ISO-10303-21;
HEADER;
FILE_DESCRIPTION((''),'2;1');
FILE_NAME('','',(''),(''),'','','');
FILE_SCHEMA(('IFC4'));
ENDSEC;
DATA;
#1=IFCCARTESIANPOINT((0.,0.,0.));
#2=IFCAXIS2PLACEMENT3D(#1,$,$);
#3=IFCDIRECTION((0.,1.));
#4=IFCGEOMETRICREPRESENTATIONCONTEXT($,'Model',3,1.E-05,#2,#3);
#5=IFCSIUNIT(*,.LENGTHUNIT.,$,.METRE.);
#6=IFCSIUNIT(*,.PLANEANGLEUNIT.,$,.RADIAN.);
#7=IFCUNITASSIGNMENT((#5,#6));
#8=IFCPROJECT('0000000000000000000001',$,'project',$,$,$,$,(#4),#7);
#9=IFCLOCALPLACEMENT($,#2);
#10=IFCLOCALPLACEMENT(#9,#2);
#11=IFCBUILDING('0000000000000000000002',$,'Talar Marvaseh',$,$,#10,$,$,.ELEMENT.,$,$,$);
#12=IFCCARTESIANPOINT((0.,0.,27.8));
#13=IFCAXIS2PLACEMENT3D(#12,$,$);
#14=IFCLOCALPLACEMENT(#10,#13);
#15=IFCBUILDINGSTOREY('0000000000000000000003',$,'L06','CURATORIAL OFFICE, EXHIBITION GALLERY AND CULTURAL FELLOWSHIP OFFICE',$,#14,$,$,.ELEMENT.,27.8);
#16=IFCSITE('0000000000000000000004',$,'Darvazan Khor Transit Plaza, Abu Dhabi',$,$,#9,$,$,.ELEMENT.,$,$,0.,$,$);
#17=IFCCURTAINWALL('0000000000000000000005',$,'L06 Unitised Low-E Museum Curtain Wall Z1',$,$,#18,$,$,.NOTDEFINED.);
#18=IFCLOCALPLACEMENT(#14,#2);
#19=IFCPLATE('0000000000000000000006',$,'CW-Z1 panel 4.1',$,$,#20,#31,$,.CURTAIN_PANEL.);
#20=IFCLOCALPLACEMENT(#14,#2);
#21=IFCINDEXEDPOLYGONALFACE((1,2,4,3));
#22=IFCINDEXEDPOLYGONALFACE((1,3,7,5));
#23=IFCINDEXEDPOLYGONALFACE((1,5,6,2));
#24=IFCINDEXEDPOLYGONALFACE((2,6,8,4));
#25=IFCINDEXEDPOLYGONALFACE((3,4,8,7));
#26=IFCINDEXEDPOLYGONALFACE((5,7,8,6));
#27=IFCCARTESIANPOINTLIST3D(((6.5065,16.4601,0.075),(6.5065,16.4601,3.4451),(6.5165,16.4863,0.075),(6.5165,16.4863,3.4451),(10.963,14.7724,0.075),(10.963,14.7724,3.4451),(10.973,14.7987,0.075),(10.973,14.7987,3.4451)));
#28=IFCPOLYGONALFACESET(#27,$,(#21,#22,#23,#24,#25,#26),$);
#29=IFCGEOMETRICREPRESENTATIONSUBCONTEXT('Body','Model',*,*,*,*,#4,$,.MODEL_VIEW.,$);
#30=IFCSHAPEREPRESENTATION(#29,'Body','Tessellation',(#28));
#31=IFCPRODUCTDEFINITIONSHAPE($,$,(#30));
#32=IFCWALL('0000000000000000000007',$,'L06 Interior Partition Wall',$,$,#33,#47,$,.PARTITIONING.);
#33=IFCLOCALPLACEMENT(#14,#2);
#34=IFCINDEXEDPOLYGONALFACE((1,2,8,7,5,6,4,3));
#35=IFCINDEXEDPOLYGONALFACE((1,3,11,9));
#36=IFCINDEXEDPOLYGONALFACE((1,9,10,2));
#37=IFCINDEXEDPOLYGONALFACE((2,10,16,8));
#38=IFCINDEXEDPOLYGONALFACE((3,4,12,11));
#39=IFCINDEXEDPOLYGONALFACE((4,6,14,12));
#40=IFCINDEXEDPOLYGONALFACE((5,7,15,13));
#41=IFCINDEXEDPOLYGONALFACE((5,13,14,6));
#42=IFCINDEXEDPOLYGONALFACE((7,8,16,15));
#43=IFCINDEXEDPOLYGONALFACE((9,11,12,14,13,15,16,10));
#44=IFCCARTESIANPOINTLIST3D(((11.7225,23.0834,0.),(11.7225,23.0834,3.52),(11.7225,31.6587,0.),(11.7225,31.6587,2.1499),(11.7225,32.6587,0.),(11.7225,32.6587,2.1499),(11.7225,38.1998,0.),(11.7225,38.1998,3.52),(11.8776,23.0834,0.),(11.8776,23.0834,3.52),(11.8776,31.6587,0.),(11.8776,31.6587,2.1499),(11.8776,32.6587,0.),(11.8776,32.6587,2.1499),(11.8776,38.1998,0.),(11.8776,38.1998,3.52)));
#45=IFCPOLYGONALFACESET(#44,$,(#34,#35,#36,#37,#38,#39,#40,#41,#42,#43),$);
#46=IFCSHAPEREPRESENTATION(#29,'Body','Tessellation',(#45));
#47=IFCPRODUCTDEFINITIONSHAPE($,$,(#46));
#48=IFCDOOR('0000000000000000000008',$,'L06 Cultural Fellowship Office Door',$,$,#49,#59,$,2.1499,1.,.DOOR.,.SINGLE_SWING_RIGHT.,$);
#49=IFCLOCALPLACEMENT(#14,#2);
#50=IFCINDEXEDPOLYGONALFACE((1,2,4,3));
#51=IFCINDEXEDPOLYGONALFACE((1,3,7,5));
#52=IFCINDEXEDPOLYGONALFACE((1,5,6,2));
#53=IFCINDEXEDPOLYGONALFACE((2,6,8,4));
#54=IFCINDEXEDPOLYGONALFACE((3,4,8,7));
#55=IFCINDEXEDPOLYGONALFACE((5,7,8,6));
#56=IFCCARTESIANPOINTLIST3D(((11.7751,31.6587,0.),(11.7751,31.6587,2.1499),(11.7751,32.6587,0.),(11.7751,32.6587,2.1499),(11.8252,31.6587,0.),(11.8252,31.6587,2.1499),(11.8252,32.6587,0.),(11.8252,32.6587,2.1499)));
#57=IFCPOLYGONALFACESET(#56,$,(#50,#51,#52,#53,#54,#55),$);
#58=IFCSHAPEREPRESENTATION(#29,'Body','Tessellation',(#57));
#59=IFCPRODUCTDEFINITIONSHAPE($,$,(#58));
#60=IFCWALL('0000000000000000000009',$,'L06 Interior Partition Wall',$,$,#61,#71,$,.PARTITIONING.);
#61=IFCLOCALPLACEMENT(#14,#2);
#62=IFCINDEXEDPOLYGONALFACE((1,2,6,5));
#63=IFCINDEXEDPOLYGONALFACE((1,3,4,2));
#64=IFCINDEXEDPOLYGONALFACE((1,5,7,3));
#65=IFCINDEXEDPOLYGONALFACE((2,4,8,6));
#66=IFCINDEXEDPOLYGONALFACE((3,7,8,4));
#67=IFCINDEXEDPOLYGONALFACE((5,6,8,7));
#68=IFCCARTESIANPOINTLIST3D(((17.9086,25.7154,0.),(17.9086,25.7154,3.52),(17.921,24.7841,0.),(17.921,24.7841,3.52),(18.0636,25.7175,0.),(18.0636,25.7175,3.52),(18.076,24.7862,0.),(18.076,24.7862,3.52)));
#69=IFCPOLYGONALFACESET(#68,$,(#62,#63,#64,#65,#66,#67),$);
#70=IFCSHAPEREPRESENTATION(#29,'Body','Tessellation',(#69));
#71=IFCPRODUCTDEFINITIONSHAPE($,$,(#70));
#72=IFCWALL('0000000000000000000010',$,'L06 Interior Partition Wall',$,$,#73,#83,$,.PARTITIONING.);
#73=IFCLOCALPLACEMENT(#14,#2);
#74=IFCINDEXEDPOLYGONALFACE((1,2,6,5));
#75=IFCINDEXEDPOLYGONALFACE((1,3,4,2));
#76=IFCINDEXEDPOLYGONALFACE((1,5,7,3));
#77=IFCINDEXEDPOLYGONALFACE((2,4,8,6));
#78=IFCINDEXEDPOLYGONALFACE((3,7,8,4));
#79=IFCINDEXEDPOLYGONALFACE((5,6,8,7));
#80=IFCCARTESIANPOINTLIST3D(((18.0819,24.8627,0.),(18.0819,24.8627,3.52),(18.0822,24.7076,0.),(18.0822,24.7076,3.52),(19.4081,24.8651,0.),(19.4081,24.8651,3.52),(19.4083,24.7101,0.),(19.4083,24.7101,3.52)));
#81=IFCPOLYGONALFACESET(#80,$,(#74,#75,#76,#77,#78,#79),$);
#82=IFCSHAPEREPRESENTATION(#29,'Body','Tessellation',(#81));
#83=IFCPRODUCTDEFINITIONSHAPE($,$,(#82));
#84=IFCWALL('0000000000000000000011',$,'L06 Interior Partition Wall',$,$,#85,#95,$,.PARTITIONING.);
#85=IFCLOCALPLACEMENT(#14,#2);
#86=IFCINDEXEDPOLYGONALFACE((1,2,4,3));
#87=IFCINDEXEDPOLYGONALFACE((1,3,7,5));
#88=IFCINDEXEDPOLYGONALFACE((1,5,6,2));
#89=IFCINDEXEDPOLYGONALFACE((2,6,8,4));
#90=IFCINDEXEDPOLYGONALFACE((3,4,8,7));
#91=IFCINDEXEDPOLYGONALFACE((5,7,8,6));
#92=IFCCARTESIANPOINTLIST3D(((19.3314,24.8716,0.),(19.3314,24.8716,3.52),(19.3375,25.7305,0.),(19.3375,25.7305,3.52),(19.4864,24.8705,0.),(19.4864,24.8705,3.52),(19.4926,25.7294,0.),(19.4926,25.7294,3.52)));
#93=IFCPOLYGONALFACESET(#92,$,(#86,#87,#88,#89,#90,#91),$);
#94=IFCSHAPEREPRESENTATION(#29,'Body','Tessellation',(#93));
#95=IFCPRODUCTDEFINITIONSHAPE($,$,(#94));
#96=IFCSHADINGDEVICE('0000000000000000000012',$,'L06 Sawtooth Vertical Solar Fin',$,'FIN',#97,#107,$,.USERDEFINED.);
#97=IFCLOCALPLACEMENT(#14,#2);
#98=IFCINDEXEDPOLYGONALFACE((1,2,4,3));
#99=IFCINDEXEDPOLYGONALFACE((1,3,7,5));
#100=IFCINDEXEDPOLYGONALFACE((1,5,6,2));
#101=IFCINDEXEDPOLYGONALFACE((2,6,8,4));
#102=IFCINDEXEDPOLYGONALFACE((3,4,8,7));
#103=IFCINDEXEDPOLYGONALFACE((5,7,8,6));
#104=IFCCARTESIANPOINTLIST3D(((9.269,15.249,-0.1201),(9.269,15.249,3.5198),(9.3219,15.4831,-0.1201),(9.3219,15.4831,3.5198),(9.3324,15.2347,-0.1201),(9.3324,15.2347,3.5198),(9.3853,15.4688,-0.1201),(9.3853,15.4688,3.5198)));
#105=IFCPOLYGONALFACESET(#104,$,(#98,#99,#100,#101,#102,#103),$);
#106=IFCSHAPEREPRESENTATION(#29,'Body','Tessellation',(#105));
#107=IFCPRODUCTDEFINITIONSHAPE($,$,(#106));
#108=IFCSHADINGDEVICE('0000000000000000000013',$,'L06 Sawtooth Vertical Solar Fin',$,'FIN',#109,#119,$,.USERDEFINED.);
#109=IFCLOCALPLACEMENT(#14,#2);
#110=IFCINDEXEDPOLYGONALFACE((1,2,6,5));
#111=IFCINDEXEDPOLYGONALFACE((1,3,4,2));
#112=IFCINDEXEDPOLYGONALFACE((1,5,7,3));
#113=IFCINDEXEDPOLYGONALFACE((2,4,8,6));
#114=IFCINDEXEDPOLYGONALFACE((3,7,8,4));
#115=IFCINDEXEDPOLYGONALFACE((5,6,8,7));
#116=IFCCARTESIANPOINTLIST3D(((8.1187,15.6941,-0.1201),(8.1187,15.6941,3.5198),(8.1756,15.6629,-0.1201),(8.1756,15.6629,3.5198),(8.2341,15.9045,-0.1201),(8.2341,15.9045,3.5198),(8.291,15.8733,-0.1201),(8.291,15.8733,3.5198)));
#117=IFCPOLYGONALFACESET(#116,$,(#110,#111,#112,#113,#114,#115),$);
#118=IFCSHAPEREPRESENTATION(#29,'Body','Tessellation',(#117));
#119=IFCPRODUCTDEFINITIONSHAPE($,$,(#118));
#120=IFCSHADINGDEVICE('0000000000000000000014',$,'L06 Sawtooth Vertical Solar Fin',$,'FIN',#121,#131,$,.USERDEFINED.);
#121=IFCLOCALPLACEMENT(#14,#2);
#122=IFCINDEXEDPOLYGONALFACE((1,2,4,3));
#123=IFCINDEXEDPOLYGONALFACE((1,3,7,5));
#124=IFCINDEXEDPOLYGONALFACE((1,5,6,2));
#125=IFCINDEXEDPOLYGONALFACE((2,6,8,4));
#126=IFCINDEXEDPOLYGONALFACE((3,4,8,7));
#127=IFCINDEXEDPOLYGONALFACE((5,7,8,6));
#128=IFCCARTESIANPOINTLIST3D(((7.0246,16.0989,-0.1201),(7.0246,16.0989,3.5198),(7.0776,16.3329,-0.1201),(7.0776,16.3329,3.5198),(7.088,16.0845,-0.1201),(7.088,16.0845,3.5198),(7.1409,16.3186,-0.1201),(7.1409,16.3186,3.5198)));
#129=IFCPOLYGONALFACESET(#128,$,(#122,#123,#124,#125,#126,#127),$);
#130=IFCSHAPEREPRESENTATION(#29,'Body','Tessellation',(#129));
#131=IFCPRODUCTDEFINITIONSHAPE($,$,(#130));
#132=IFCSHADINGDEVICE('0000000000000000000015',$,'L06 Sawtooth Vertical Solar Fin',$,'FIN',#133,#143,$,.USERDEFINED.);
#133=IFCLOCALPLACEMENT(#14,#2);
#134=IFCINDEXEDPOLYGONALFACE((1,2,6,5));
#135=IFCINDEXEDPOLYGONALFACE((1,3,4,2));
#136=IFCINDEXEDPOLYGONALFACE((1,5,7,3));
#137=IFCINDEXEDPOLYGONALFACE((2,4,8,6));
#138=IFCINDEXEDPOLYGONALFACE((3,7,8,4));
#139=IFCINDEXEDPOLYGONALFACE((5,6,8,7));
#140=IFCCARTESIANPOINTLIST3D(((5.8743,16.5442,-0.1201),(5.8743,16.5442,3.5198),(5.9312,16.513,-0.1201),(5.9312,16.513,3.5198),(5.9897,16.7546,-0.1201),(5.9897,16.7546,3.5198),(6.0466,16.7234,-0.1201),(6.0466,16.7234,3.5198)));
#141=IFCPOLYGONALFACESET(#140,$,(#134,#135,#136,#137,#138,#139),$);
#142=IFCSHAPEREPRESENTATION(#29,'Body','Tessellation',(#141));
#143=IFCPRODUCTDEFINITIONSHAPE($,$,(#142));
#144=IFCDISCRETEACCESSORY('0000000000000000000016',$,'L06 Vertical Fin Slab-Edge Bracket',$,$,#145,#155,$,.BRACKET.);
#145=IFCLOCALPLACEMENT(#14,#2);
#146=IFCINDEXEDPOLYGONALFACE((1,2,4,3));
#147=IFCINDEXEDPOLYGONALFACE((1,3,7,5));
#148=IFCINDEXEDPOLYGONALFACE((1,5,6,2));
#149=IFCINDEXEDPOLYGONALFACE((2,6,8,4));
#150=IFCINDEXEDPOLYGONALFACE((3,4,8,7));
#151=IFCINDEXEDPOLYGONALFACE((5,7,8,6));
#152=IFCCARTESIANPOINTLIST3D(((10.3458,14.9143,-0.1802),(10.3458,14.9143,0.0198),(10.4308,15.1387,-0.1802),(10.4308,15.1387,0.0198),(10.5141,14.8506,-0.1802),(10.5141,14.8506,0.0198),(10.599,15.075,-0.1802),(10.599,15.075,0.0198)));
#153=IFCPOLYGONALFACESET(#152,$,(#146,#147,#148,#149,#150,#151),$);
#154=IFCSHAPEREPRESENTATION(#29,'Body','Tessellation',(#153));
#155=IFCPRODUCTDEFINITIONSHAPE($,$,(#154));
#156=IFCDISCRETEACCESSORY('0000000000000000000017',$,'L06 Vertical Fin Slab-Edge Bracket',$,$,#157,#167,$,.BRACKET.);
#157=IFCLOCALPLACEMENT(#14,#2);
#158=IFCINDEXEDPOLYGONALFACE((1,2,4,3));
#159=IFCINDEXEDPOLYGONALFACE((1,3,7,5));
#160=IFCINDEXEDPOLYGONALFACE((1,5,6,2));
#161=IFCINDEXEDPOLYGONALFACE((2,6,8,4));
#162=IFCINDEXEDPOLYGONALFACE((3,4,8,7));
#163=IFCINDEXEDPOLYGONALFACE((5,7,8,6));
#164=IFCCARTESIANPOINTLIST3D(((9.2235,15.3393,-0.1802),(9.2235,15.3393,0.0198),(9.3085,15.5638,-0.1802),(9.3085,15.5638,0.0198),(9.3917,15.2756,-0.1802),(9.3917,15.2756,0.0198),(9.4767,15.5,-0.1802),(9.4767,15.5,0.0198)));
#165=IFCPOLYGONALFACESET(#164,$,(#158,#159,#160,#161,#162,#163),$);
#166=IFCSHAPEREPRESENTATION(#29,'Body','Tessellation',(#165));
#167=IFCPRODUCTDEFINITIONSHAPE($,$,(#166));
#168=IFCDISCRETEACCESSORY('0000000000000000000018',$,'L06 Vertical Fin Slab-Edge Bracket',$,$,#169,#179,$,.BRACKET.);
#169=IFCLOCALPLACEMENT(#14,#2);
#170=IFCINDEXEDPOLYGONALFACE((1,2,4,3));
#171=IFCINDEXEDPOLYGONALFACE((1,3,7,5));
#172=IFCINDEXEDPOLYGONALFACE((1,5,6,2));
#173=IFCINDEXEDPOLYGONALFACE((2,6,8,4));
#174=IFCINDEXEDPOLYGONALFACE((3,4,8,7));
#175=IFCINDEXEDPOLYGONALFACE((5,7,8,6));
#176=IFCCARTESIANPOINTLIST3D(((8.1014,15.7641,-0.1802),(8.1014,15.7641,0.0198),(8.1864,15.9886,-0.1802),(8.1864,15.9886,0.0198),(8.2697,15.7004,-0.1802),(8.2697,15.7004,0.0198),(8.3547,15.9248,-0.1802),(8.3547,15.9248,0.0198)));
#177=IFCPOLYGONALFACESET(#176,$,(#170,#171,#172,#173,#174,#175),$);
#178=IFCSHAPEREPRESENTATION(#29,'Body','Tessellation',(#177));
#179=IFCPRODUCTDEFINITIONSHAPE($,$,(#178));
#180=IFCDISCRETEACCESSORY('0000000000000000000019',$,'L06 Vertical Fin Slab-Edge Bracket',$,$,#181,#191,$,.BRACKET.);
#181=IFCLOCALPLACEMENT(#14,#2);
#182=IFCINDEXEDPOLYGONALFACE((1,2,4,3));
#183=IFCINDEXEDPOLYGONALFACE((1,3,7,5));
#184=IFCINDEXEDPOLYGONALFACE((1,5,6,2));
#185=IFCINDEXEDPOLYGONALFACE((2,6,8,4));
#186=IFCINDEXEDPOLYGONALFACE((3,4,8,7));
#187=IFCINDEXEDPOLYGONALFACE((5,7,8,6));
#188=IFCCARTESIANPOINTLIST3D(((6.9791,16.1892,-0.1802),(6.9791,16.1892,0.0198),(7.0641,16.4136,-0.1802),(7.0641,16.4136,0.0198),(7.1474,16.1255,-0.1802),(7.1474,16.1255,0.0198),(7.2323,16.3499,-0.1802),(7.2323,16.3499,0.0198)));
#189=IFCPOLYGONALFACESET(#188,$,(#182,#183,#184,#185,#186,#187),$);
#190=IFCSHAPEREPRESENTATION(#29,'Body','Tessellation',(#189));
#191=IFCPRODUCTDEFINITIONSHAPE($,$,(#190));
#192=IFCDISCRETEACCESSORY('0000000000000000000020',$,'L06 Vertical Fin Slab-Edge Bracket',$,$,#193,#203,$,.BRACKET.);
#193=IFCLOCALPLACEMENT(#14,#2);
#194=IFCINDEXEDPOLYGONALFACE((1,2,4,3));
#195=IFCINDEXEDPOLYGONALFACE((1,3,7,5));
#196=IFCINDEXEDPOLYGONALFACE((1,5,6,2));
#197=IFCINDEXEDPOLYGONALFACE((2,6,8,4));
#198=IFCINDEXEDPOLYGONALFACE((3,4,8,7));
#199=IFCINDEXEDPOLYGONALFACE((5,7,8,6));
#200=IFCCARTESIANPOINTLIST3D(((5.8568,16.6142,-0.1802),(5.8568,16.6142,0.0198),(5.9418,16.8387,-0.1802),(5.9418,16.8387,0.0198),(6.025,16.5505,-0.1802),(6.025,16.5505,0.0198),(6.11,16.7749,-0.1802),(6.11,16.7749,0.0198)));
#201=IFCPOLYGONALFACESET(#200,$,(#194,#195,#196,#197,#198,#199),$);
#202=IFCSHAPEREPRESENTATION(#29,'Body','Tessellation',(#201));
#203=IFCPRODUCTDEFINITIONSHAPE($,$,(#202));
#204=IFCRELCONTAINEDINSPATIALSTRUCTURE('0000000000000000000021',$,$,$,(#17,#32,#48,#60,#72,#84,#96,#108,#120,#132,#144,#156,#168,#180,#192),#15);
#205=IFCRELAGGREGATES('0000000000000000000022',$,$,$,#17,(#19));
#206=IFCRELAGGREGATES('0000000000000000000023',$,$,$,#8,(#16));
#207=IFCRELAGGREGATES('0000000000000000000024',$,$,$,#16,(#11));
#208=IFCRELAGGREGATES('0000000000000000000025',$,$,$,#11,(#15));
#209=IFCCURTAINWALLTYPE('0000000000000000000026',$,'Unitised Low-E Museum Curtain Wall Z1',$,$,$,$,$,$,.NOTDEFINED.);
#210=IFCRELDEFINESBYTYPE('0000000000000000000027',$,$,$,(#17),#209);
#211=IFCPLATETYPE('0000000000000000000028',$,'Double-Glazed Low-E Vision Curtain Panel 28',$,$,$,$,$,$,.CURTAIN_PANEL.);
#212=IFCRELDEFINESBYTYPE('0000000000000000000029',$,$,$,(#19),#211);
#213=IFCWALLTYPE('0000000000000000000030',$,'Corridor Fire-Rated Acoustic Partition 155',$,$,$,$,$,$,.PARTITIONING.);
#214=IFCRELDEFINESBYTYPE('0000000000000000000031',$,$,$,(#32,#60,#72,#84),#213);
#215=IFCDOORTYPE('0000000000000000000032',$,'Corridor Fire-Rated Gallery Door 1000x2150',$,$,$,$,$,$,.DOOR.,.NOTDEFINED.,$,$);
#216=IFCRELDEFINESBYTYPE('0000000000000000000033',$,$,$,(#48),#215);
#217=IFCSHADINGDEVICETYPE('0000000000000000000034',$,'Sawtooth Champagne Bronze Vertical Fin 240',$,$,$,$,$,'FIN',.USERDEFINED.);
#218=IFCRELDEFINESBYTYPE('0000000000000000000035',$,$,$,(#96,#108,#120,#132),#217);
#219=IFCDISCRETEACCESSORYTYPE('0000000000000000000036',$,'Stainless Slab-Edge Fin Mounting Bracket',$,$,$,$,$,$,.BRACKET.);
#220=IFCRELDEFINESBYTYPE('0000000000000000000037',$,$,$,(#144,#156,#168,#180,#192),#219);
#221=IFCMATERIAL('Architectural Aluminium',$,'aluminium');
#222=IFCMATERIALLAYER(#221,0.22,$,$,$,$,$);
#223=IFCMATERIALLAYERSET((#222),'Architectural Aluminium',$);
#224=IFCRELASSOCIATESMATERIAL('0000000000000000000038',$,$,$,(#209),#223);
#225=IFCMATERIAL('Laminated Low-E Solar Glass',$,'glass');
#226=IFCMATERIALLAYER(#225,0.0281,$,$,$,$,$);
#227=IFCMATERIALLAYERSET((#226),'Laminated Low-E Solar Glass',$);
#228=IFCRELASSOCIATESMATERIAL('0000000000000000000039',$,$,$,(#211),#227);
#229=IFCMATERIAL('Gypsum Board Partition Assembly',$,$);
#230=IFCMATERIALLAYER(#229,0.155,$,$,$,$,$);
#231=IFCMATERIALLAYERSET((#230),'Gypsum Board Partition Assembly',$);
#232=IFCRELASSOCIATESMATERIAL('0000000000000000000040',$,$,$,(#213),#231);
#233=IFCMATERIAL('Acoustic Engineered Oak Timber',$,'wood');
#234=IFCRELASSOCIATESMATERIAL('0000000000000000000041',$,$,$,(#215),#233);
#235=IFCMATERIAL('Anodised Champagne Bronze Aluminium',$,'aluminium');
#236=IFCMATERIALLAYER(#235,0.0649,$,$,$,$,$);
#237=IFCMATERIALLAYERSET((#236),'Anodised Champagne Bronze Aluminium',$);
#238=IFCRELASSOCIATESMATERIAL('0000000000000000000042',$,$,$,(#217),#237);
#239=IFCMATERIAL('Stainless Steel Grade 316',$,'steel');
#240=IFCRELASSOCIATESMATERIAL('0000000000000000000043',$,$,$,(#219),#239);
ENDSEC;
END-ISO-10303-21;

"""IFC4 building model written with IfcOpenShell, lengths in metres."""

from ifc_helpers import new_model, si_unit, direction, frame, frame_2d, origin, origin_2d, place, context, subcontext, project, spatial, rectangle, extrude, source, transform, mapped, material, layer, layer_set, type_object, type_shapes, element, fill, aggregate, save


model = new_model("IFC4")

# Units and contexts
model_context = context("Model", 3, precision=1e-05, world=origin(), true_north=direction((0.0, 1.0)))
body_context = subcontext(model_context, "Body", "Model", "MODEL_VIEW")
ifc_project = project(units=[si_unit("LENGTHUNIT", "METRE"), si_unit("PLANEANGLEUNIT", "RADIAN")], contexts=[model_context])

# Site, building, storey
site_placement = place(None, origin())
site = spatial("IfcSite", under=ifc_project, at=site_placement, Name="Darvazan Khor Transit Plaza, Abu Dhabi", CompositionType="ELEMENT", RefElevation=0.0)
building_placement = place(site_placement, origin())
building = spatial("IfcBuilding", under=site, at=building_placement, Name="Talar Marvaseh", CompositionType="ELEMENT")
storey_placement = place(building_placement, frame((0.0, 0.0, 27.8)))
storey = spatial("IfcBuildingStorey", under=building, at=storey_placement, Name="L06", Description="CURATORIAL OFFICE, EXHIBITION GALLERY AND CULTURAL FELLOWSHIP OFFICE", CompositionType="ELEMENT", Elevation=27.8)

# Curtain wall, plate
ifc_material_1 = material(Name="Architectural Aluminium", Category="aluminium")
ifc_layer_1 = layer(ifc_material_1, 0.22)
ifc_layer_set_1 = layer_set([ifc_layer_1], Name="Architectural Aluminium")
curtain_wall_type = type_object("IfcCurtainWallType", Name="Unitised Low-E Museum Curtain Wall Z1", PredefinedType="NOTDEFINED", material=ifc_layer_set_1)
curtain_wall_placement = place(storey_placement, origin())
curtain_wall = element("IfcCurtainWall", 1, at=curtain_wall_placement, inside=storey, type_object=curtain_wall_type, Name="L06 Unitised Low-E Museum Curtain Wall Z1", PredefinedType="NOTDEFINED")
ifc_material_2 = material(Name="Laminated Low-E Solar Glass", Category="glass")
ifc_layer_2 = layer(ifc_material_2, 0.0281)
ifc_layer_set_2 = layer_set([ifc_layer_2], Name="Laminated Low-E Solar Glass")
plate_type = type_object("IfcPlateType", Name="Double-Glazed Low-E Vision Curtain Panel 28", PredefinedType="CURTAIN_PANEL", material=ifc_layer_set_2)
shared_shape_1 = source(origin(), body_context, "Body", "SweptSolid", [
    extrude(rectangle(XDim=4.7654, YDim=0.0281, at=origin_2d()), origin(), (0.0, 0.0, 1.0), 3.3701),
])
type_shapes(plate_type, [shared_shape_1])
plate_placement = place(storey_placement, frame((8.7397, 15.6294, 0.075), z_axis=(0.0, 0.0, 1.0), x_axis=(-0.93519, 0.354147, 0.0)))
plate = element("IfcPlate", 2, at=plate_placement, type_object=plate_type, Name="CW-Z1 panel 4.1", PredefinedType="CURTAIN_PANEL", context=body_context, shape_type="MappedRepresentation", body=[
    mapped(shared_shape_1, transform((0.0, 0.0, 0.0), x_axis=(1.0, 0.0, 0.0), y_axis=(0.0, 1.0, 0.0), z_axis=(0.0, 0.0, 1.0), scale=1.0)),
])
aggregate(curtain_wall, [plate])

# Wall, opening, door
ifc_material_3 = material(Name="Gypsum Board Partition Assembly")
ifc_layer_3 = layer(ifc_material_3, 0.155)
ifc_layer_set_3 = layer_set([ifc_layer_3], Name="Gypsum Board Partition Assembly")
wall_type = type_object("IfcWallType", Name="Corridor Fire-Rated Acoustic Partition 155", PredefinedType="PARTITIONING", material=ifc_layer_set_3)
wall_1_placement = place(storey_placement, frame((11.8, 23.0835, 0.0), z_axis=(0.0, 0.0, 1.0), x_axis=(0.0, 1.0, 0.0)))
wall_1 = element("IfcWall", 3, at=wall_1_placement, inside=storey, type_object=wall_type, Name="L06 Interior Partition Wall", PredefinedType="PARTITIONING", context=body_context, shape_type="SweptSolid", body=[
    extrude(rectangle(XDim=15.1165, YDim=0.155, at=frame_2d((7.5581, 0.0))), origin(), (0.0, 0.0, 1.0), 3.52),
])
opening_placement = place(wall_1_placement, frame((8.5752, 0.0, 0.0)))
opening = element("IfcOpeningElement", 4, at=opening_placement, cuts=wall_1, PredefinedType="OPENING", context=body_context, shape_type="SweptSolid", body=[
    extrude(rectangle(XDim=1.0, YDim=2.1499, at=frame_2d((0.5, 1.075))), frame((0.0, 0.0874, 0.0), z_axis=(0.0, -1.0, 0.0), x_axis=(1.0, 0.0, 0.0)), (0.0, 0.0, 1.0), 0.175),
])
ifc_material_4 = material(Name="Acoustic Engineered Oak Timber", Category="wood")
door_type = type_object("IfcDoorType", Name="Corridor Fire-Rated Gallery Door 1000x2150", OperationType="NOTDEFINED", PredefinedType="DOOR", material=ifc_material_4)
shared_shape_2 = source(origin(), body_context, "Body", "SweptSolid", [
    extrude(rectangle(XDim=1.0, YDim=2.1499, at=frame_2d((0.5, 1.075))), frame((0.0, 0.0249, 0.0), z_axis=(0.0, -1.0, 0.0), x_axis=(1.0, 0.0, 0.0)), (0.0, 0.0, 1.0), 0.05),
])
type_shapes(door_type, [shared_shape_2])
door_placement = place(opening_placement, origin())
door = element("IfcDoor", 5, at=door_placement, inside=storey, type_object=door_type, Name="L06 Cultural Fellowship Office Door", OperationType="SINGLE_SWING_RIGHT", OverallHeight=2.1499, OverallWidth=1.0, PredefinedType="DOOR", context=body_context, shape_type="MappedRepresentation", body=[
    mapped(shared_shape_2, transform((0.0, 0.0, 0.0), x_axis=(1.0, 0.0, 0.0), y_axis=(0.0, 1.0, 0.0), z_axis=(0.0, 0.0, 1.0), scale=1.0)),
])
fill(opening, door)

# Walls
wall_2_placement = place(storey_placement, frame((17.9861, 25.7166, 0.0), z_axis=(0.0, 0.0, 1.0), x_axis=(0.013367, -0.999911, 0.0)))
element("IfcWall", 6, at=wall_2_placement, inside=storey, type_object=wall_type, Name="L06 Interior Partition Wall", PredefinedType="PARTITIONING", context=body_context, shape_type="SweptSolid", body=[
    extrude(rectangle(XDim=0.9314, YDim=0.155, at=frame_2d((0.4658, 0.0))), origin(), (0.0, 0.0, 1.0), 3.52),
])
wall_3_placement = place(storey_placement, frame((18.082, 24.7852, 0.0), z_axis=(0.0, 0.0, 1.0), x_axis=(0.999998, 0.001841, 0.0)))
element("IfcWall", 7, at=wall_3_placement, inside=storey, type_object=wall_type, Name="L06 Interior Partition Wall", PredefinedType="PARTITIONING", context=body_context, shape_type="SweptSolid", body=[
    extrude(rectangle(XDim=1.3262, YDim=0.155, at=frame_2d((0.6631, 0.0))), origin(), (0.0, 0.0, 1.0), 3.52),
])
wall_4_placement = place(storey_placement, frame((19.4089, 24.8711, 0.0), z_axis=(0.0, 0.0, 1.0), x_axis=(0.007106, 0.999975, 0.0)))
element("IfcWall", 8, at=wall_4_placement, inside=storey, type_object=wall_type, Name="L06 Interior Partition Wall", PredefinedType="PARTITIONING", context=body_context, shape_type="SweptSolid", body=[
    extrude(rectangle(XDim=0.8589, YDim=0.155, at=frame_2d((0.4294, 0.0))), origin(), (0.0, 0.0, 1.0), 3.52),
])

# Shading devices
ifc_material_5 = material(Name="Anodised Champagne Bronze Aluminium", Category="aluminium")
ifc_layer_4 = layer(ifc_material_5, 0.0649)
ifc_layer_set_4 = layer_set([ifc_layer_4], Name="Anodised Champagne Bronze Aluminium")
shading_device_type = type_object("IfcShadingDeviceType", Name="Sawtooth Champagne Bronze Vertical Fin 240", ElementType="FIN", PredefinedType="USERDEFINED", material=ifc_layer_set_4)
shared_shape_3 = source(origin(), body_context, "Body", "SweptSolid", [
    extrude(rectangle(XDim=0.24, YDim=0.0649, at=origin_2d()), origin(), (0.0, 0.0, 1.0), 3.6399),
])
type_shapes(shading_device_type, [shared_shape_3])
for number, where, z_axis, x_axis, name in (
    (9, (9.3271, 15.3589, -0.1201), (0.0, 0.0, 1.0), (-0.220527, -0.975381, 0.0), "L06 Sawtooth Vertical Solar Fin"),
    (10, (8.2048, 15.7837, -0.1201), (0.0, 0.0, 1.0), (-0.480836, -0.876811, 0.0), "L06 Sawtooth Vertical Solar Fin"),
    (11, (7.0828, 16.2087, -0.1201), (0.0, 0.0, 1.0), (-0.220527, -0.975381, 0.0), "L06 Sawtooth Vertical Solar Fin"),
    (12, (5.9604, 16.6338, -0.1201), (0.0, 0.0, 1.0), (-0.480836, -0.876811, 0.0), "L06 Sawtooth Vertical Solar Fin"),
):
    element("IfcShadingDevice", number, at=place(storey_placement, frame(where, z_axis=z_axis, x_axis=x_axis)), inside=storey, type_object=shading_device_type, Name=name, ObjectType="FIN", PredefinedType="USERDEFINED", context=body_context, shape_type="MappedRepresentation", body=[
        mapped(shared_shape_3, transform((0.0, 0.0, 0.0), x_axis=(1.0, 0.0, 0.0), y_axis=(0.0, 1.0, 0.0), z_axis=(0.0, 0.0, 1.0), scale=1.0)),
    ])

# Discrete accessories
ifc_material_6 = material(Name="Stainless Steel Grade 316", Category="steel")
discrete_accessory_type = type_object("IfcDiscreteAccessoryType", Name="Stainless Slab-Edge Fin Mounting Bracket", PredefinedType="BRACKET", material=ifc_material_6)
shared_shape_4 = source(origin(), body_context, "Body", "SweptSolid", [
    extrude(rectangle(XDim=0.24, YDim=0.1799, at=origin_2d()), origin(), (0.0, 0.0, 1.0), 0.2),
])
type_shapes(discrete_accessory_type, [shared_shape_4])
for number, where, z_axis, x_axis, name in (
    (13, (10.4724, 14.9946, -0.1802), (0.0, 0.0, 1.0), (-0.354128, -0.935197, 0.0), "L06 Vertical Fin Slab-Edge Bracket"),
    (14, (9.3501, 15.4197, -0.1802), (0.0, 0.0, 1.0), (-0.354128, -0.935197, 0.0), "L06 Vertical Fin Slab-Edge Bracket"),
    (15, (8.228, 15.8445, -0.1802), (0.0, 0.0, 1.0), (-0.354128, -0.935197, 0.0), "L06 Vertical Fin Slab-Edge Bracket"),
    (16, (7.1057, 16.2695, -0.1802), (0.0, 0.0, 1.0), (-0.354128, -0.935197, 0.0), "L06 Vertical Fin Slab-Edge Bracket"),
    (17, (5.9834, 16.6946, -0.1802), (0.0, 0.0, 1.0), (-0.354128, -0.935197, 0.0), "L06 Vertical Fin Slab-Edge Bracket"),
):
    element("IfcDiscreteAccessory", number, at=place(storey_placement, frame(where, z_axis=z_axis, x_axis=x_axis)), inside=storey, type_object=discrete_accessory_type, Name=name, PredefinedType="BRACKET", context=body_context, shape_type="MappedRepresentation", body=[
        mapped(shared_shape_4, transform((0.0, 0.0, 0.0), x_axis=(1.0, 0.0, 0.0), y_axis=(0.0, 1.0, 0.0), z_axis=(0.0, 0.0, 1.0), scale=1.0)),
    ])

save(model, "model.ifc")
